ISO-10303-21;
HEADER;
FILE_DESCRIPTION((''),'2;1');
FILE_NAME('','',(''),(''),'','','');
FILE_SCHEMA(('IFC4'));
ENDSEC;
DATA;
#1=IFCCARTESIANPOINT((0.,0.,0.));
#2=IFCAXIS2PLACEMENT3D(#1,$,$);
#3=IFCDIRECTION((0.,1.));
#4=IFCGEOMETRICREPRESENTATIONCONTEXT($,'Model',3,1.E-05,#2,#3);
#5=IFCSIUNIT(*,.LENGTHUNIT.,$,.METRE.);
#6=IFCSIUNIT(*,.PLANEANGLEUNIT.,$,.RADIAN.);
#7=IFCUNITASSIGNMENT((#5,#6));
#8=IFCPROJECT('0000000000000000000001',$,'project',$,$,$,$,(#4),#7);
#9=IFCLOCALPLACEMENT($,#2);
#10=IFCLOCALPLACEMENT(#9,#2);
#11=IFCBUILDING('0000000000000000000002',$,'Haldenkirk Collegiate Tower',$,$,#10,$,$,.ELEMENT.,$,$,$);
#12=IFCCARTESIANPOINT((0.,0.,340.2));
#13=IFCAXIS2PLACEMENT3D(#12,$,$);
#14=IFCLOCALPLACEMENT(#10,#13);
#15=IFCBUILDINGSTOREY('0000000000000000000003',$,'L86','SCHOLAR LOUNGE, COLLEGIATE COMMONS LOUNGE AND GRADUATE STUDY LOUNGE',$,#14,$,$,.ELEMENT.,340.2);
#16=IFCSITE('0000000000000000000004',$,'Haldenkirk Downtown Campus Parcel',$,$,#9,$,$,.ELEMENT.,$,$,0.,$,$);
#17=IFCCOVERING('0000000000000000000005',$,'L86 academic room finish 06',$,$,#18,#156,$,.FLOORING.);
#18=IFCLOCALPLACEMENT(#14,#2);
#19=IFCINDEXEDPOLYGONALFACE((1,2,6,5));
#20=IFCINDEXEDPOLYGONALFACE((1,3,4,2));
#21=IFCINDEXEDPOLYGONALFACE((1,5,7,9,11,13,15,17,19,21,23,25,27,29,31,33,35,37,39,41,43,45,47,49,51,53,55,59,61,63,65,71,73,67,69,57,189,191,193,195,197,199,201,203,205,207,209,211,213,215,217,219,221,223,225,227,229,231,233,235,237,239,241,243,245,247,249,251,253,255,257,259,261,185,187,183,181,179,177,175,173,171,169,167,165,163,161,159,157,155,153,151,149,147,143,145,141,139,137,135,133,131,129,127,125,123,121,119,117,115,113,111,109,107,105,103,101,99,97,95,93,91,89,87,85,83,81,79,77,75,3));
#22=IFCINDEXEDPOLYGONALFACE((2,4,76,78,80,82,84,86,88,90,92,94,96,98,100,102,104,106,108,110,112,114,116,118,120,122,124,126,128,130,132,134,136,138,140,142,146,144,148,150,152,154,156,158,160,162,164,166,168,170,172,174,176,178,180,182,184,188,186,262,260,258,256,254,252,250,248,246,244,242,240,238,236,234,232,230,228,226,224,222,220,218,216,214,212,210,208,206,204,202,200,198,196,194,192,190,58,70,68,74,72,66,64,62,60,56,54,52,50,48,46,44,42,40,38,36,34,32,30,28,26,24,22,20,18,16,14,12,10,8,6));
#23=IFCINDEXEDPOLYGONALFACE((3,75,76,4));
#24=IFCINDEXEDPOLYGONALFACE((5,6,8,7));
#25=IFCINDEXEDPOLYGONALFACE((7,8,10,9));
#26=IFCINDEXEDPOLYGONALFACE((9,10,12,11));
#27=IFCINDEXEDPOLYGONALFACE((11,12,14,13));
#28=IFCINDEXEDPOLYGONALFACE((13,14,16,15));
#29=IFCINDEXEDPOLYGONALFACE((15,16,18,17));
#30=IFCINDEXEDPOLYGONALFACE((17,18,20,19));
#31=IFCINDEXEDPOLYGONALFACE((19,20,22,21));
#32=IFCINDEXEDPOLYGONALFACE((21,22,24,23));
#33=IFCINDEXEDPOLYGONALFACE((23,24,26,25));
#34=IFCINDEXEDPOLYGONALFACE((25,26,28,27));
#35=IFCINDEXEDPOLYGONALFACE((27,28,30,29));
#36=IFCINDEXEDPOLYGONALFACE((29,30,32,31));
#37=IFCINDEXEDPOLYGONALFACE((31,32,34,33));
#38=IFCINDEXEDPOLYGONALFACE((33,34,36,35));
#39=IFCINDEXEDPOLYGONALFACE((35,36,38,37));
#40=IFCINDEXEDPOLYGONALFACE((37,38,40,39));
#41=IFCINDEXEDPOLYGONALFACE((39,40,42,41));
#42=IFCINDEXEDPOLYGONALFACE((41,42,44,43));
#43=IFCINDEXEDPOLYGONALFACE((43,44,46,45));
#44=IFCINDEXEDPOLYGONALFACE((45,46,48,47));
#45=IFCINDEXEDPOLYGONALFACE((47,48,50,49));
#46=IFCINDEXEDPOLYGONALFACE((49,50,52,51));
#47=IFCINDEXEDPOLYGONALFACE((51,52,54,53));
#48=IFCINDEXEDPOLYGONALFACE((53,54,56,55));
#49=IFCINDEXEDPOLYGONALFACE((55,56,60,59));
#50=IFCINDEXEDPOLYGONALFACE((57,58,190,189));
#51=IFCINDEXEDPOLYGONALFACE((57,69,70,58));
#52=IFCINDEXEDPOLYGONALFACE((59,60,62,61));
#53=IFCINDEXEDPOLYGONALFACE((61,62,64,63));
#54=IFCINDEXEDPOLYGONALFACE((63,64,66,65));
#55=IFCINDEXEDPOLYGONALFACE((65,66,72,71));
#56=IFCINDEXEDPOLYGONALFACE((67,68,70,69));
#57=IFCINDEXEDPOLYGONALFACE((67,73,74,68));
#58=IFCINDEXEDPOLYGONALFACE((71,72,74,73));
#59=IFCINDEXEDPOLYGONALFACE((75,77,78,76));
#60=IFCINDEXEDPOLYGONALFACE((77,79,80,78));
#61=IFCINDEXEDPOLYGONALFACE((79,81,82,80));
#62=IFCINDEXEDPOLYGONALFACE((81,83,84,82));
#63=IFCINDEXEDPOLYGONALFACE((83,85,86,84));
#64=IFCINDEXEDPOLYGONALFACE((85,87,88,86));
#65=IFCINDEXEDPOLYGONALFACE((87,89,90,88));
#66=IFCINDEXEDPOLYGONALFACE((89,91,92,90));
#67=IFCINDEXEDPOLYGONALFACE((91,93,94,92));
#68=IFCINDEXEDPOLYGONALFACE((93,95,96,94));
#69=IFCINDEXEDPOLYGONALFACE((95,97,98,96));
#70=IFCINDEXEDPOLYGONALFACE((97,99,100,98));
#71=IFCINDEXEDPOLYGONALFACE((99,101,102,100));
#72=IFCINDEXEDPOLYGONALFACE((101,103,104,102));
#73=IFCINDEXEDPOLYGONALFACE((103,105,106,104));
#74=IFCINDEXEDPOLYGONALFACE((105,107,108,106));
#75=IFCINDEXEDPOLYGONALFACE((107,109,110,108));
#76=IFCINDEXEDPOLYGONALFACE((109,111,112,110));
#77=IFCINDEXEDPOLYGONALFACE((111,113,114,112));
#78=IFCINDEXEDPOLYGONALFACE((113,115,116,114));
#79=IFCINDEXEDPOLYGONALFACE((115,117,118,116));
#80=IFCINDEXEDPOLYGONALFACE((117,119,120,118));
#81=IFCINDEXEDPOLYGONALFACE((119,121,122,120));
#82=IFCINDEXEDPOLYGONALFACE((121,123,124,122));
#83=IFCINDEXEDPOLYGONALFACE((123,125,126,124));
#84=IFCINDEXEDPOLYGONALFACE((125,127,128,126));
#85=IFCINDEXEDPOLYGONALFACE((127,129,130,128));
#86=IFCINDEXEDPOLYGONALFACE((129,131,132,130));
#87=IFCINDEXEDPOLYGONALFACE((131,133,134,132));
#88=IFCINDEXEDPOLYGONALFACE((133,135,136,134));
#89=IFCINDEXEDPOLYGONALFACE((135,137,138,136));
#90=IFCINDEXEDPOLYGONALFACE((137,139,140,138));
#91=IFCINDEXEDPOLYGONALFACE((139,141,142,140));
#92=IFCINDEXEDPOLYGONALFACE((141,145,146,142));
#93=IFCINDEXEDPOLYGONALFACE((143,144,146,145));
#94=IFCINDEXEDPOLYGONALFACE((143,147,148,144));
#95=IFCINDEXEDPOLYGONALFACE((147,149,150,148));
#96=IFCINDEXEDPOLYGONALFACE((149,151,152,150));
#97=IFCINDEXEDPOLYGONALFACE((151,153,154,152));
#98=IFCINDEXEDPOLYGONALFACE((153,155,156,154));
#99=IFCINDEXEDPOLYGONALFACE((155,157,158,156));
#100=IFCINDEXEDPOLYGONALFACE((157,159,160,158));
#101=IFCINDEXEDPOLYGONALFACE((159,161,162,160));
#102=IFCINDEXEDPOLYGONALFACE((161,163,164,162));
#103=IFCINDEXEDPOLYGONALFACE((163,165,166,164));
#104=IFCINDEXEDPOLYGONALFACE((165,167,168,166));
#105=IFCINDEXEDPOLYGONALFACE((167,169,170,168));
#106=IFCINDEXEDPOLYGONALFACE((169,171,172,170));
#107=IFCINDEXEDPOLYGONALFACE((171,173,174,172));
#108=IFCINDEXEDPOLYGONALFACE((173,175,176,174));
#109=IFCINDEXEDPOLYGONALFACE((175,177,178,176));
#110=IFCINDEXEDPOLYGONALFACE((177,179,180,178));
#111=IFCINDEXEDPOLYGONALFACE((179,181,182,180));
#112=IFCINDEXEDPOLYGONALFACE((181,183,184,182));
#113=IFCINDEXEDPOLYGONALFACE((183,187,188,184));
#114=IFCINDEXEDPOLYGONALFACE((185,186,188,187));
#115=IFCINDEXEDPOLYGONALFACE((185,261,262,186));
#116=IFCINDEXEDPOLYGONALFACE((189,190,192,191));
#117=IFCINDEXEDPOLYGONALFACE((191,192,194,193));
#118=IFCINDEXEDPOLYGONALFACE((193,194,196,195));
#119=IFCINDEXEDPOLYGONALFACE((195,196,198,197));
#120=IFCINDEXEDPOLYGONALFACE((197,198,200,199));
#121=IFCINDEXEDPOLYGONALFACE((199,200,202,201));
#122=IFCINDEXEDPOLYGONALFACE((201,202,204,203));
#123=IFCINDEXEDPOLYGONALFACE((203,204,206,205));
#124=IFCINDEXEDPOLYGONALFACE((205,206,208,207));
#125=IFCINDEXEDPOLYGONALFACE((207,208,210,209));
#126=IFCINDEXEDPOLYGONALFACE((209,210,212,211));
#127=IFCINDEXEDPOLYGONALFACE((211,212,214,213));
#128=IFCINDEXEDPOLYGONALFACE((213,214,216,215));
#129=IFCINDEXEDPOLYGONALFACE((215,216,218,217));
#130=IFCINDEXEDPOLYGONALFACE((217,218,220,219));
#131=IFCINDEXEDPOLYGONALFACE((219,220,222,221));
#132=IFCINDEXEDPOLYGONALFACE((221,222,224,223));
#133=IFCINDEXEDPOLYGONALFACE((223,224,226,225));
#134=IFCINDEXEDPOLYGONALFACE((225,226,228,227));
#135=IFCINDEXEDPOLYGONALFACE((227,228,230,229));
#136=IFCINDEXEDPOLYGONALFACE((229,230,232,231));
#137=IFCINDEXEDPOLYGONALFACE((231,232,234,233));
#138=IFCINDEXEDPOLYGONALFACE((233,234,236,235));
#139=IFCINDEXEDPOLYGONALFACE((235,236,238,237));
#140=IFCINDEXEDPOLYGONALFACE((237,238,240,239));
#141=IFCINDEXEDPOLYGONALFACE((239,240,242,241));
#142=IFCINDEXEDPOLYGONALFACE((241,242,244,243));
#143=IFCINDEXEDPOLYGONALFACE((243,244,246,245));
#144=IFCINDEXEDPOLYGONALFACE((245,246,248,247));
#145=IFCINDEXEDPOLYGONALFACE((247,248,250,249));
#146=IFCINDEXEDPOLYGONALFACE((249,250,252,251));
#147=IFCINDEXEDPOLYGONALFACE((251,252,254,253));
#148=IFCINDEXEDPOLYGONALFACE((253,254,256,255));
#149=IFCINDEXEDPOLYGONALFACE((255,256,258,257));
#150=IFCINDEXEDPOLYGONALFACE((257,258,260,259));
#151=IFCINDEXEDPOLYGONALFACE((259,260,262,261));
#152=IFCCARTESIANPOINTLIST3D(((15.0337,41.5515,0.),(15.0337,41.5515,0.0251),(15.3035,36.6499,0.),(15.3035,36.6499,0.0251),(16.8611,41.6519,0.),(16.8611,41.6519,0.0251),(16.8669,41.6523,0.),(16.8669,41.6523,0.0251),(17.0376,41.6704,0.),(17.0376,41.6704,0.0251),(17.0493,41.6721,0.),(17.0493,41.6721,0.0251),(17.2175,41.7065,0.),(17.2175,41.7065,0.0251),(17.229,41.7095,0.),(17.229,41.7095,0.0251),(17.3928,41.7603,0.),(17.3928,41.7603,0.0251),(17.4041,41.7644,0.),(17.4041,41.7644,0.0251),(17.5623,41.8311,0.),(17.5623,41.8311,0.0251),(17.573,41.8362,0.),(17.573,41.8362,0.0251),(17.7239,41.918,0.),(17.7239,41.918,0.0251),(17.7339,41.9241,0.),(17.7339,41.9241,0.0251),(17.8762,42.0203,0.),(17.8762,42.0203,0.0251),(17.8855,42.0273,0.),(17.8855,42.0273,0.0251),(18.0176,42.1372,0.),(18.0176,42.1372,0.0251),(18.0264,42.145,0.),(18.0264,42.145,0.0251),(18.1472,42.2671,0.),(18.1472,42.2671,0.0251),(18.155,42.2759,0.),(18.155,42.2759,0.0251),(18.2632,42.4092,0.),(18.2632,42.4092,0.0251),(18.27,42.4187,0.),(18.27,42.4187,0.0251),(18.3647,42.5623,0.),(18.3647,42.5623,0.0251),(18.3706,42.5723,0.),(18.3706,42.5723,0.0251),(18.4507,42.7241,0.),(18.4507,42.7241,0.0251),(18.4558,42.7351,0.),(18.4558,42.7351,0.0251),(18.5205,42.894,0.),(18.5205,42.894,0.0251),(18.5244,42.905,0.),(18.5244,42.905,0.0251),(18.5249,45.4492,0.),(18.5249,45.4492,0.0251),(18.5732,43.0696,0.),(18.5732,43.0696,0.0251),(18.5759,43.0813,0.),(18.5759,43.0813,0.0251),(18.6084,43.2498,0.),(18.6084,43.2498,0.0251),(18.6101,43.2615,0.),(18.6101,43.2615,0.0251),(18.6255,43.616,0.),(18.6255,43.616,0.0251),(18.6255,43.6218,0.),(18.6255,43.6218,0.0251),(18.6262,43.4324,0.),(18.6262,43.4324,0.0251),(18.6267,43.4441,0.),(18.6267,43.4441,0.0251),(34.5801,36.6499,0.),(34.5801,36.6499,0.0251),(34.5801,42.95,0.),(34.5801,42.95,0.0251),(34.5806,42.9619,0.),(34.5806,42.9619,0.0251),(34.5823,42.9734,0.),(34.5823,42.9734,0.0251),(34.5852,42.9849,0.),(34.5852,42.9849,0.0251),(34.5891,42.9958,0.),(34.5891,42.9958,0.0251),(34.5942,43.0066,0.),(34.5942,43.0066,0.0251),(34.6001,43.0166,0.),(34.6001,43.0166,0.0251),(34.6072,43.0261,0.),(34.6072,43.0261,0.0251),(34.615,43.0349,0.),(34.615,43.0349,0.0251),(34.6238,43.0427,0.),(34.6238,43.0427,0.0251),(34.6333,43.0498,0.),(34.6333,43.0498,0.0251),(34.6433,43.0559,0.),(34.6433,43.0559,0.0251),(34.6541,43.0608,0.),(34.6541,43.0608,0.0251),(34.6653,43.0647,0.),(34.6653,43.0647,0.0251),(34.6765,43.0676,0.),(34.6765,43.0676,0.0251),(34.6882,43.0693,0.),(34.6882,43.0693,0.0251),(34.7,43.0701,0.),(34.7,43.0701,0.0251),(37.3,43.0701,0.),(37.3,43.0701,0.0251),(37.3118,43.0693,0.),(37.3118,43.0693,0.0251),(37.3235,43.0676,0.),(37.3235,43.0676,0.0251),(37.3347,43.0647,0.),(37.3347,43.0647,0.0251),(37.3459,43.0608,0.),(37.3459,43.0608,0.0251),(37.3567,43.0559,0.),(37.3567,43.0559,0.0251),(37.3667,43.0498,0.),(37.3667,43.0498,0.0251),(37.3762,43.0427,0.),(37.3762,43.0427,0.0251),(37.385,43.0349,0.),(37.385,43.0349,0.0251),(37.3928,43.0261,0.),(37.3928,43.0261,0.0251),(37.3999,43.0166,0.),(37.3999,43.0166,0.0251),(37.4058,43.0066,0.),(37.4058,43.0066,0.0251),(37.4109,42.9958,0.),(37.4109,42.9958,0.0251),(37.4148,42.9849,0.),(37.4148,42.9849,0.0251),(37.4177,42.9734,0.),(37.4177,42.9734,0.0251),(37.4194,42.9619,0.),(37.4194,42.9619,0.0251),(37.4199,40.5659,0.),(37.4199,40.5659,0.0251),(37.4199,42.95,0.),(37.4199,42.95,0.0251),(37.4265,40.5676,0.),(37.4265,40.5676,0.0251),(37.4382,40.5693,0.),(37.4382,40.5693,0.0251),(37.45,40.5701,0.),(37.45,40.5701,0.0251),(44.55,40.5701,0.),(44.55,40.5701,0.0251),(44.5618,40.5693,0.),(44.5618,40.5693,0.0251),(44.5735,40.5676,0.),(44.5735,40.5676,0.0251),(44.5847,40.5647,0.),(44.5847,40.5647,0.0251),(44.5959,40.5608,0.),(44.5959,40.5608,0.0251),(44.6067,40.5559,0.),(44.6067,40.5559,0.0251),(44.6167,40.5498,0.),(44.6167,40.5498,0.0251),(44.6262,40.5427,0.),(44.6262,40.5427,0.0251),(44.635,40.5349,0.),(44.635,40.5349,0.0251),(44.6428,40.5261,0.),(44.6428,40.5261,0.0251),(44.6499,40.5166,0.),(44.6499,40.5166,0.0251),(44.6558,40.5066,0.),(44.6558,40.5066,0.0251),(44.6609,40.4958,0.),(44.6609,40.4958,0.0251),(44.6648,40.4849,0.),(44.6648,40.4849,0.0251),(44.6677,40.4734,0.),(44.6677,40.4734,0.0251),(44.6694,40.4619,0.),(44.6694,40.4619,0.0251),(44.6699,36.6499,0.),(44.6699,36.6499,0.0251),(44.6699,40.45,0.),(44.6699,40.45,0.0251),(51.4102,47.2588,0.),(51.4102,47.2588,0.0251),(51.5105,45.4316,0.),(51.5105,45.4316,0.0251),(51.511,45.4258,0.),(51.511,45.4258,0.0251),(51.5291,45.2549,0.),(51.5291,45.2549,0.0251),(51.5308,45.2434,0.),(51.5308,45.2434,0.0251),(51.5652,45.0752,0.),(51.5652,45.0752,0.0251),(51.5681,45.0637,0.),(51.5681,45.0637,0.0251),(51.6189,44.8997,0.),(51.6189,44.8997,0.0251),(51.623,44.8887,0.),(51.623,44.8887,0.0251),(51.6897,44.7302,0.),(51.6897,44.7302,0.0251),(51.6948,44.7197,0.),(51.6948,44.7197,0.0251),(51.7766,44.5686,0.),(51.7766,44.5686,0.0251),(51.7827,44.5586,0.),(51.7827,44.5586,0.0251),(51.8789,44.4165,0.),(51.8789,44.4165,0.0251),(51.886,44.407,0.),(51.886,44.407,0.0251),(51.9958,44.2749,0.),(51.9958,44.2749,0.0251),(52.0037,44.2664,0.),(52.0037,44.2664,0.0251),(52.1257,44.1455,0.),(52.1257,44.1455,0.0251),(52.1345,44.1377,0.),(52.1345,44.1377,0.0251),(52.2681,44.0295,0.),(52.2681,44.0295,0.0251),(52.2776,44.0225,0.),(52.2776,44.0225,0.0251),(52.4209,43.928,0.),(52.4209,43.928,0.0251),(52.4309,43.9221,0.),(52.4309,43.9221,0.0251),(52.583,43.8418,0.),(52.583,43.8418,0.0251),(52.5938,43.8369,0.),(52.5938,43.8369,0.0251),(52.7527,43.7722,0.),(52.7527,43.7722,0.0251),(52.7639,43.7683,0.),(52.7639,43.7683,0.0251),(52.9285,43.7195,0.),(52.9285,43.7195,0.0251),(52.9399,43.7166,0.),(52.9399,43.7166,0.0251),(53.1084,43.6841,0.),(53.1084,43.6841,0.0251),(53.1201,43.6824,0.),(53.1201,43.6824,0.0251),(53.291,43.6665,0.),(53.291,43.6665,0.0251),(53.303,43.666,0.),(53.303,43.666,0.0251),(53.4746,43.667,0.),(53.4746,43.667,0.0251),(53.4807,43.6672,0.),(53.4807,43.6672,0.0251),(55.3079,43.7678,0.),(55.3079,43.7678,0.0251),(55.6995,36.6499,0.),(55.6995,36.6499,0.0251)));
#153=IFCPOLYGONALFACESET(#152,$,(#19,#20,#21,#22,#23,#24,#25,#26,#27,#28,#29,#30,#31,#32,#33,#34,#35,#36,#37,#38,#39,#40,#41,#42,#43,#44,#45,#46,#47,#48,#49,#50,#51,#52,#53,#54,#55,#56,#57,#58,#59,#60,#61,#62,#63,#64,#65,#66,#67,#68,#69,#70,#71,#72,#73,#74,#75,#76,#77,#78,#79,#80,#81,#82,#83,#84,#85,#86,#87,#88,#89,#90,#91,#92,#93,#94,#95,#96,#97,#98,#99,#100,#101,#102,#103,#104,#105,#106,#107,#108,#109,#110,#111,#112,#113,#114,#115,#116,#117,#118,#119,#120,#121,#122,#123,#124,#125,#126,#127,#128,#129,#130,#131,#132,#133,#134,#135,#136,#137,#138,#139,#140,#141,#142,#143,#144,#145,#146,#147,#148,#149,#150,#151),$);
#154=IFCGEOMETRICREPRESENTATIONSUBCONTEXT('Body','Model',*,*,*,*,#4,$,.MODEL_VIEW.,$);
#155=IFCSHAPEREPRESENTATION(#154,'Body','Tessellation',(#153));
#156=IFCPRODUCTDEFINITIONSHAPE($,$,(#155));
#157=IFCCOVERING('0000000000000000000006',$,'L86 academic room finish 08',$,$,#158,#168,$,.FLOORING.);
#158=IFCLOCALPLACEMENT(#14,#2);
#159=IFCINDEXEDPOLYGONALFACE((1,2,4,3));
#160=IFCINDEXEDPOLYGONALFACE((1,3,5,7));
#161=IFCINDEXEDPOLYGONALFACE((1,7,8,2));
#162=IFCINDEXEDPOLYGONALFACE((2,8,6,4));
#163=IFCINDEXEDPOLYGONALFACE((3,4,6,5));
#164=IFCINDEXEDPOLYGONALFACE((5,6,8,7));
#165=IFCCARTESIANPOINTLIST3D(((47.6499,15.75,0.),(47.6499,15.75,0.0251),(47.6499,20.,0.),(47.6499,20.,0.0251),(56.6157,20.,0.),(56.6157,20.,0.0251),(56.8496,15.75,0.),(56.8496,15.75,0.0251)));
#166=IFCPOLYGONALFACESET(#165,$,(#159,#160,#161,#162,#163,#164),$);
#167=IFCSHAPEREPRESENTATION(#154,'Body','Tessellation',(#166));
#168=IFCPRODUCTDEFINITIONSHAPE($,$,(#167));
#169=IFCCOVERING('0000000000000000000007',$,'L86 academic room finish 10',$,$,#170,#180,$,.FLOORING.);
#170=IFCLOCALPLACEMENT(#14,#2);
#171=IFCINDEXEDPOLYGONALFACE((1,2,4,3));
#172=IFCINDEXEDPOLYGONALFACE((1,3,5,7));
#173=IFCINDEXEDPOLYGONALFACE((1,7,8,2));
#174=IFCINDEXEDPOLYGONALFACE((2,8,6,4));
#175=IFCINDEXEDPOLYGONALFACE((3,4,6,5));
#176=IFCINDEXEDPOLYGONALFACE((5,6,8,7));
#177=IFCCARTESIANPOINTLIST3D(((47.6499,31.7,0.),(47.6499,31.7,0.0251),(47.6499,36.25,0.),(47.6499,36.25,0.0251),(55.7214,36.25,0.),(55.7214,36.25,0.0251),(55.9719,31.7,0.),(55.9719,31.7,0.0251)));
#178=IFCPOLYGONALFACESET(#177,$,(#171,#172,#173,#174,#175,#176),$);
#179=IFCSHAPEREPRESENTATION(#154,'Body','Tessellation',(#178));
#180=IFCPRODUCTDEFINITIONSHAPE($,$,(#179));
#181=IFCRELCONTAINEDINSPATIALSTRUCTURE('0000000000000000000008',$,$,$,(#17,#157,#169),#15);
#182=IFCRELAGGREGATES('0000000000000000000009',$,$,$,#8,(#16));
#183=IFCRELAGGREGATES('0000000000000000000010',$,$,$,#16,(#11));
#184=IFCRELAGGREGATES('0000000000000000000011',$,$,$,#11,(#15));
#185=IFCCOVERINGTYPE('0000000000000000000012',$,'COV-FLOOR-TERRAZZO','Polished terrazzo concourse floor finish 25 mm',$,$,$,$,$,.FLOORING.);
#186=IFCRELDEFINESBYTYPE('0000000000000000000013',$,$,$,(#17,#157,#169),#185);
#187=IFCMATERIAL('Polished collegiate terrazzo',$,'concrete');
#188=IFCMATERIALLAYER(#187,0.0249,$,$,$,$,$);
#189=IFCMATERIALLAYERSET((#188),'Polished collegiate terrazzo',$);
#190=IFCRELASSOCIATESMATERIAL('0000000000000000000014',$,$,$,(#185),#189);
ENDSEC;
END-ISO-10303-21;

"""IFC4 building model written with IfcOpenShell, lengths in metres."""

from ifc_helpers import new_model, si_unit, direction, frame, origin, place, context, subcontext, project, spatial, polyline, outline, extrude, material, layer, layer_set, type_object, element, save


model = new_model("IFC4")

# Units and contexts
model_context = context("Model", 3, precision=1e-05, world=origin(), true_north=direction((0.0, 1.0)))
body_context = subcontext(model_context, "Body", "Model", "MODEL_VIEW")
ifc_project = project(units=[si_unit("LENGTHUNIT", "METRE"), si_unit("PLANEANGLEUNIT", "RADIAN")], contexts=[model_context])

# Site, building, storey
site_placement = place(None, origin())
site = spatial("IfcSite", under=ifc_project, at=site_placement, Name="Haldenkirk Downtown Campus Parcel", CompositionType="ELEMENT", RefElevation=0.0)
building_placement = place(site_placement, origin())
building = spatial("IfcBuilding", under=site, at=building_placement, Name="Haldenkirk Collegiate Tower", CompositionType="ELEMENT")
storey_placement = place(building_placement, frame((0.0, 0.0, 340.2)))
storey = spatial("IfcBuildingStorey", under=building, at=storey_placement, Name="L86", Description="SCHOLAR LOUNGE, COLLEGIATE COMMONS LOUNGE AND GRADUATE STUDY LOUNGE", CompositionType="ELEMENT", Elevation=340.2)

# Coverings
ifc_material_1 = material(Name="Polished collegiate terrazzo", Category="concrete")
ifc_layer_1 = layer(ifc_material_1, 0.0249)
ifc_layer_set_1 = layer_set([ifc_layer_1], Name="Polished collegiate terrazzo")
covering_type_1 = type_object("IfcCoveringType", Name="COV-FLOOR-TERRAZZO", Description="Polished terrazzo concourse floor finish 25 mm", PredefinedType="FLOORING", material=ifc_layer_set_1)
covering_1_placement = place(storey_placement, origin())
element("IfcCovering", 1, at=covering_1_placement, inside=storey, type_object=covering_type_1, Name="L86 academic room finish 06", PredefinedType="FLOORING", context=body_context, shape_type="SweptSolid", body=[
    extrude(outline(polyline([(16.8611, 41.6519), (16.8669, 41.6523), (17.0376, 41.6704), (17.0493, 41.6721), (17.2175, 41.7065), (17.229, 41.7095), (17.3928, 41.7603), (17.4041, 41.7644), (17.5623, 41.8311), (17.573, 41.8362), (17.7239, 41.918), (17.7339, 41.9241), (17.8762, 42.0203), (17.8855, 42.0273), (18.0176, 42.1372), (18.0264, 42.145), (18.1472, 42.2671), (18.155, 42.2759), (18.2632, 42.4092), (18.27, 42.4187), (18.3647, 42.5623), (18.3706, 42.5723), (18.4507, 42.7241), (18.4558, 42.7351), (18.5205, 42.894), (18.5244, 42.905), (18.5732, 43.0696), (18.5759, 43.0813), (18.6084, 43.2498), (18.6101, 43.2615), (18.6262, 43.4324), (18.6267, 43.4441), (18.6255, 43.616), (18.6255, 43.6218), (18.5249, 45.4492), (51.4102, 47.2588), (51.5105, 45.4316), (51.511, 45.4258), (51.5291, 45.2549), (51.5308, 45.2434), (51.5652, 45.0752), (51.5681, 45.0637), (51.6189, 44.8997), (51.623, 44.8887), (51.6897, 44.7302), (51.6948, 44.7197), (51.7766, 44.5686), (51.7827, 44.5586), (51.8789, 44.4165), (51.886, 44.407), (51.9958, 44.2749), (52.0037, 44.2664), (52.1257, 44.1455), (52.1345, 44.1377), (52.2681, 44.0295), (52.2776, 44.0225), (52.4209, 43.928), (52.4309, 43.9221), (52.583, 43.8418), (52.5938, 43.8369), (52.7527, 43.7722), (52.7639, 43.7683), (52.9285, 43.7195), (52.9399, 43.7166), (53.1084, 43.6841), (53.1201, 43.6824), (53.291, 43.6665), (53.303, 43.666), (53.4746, 43.667), (53.4807, 43.6672), (55.3079, 43.7678), (55.6995, 36.6499), (44.6699, 36.6499), (44.6699, 40.45), (44.6694, 40.4619), (44.6677, 40.4734), (44.6648, 40.4849), (44.6609, 40.4958), (44.6558, 40.5066), (44.6499, 40.5166), (44.6428, 40.5261), (44.635, 40.5349), (44.6262, 40.5427), (44.6167, 40.5498), (44.6067, 40.5559), (44.5959, 40.5608), (44.5847, 40.5647), (44.5735, 40.5676), (44.5618, 40.5693), (44.55, 40.5701), (37.45, 40.5701), (37.4382, 40.5693), (37.4265, 40.5676), (37.4199, 40.5659), (37.4199, 42.95), (37.4194, 42.9619), (37.4177, 42.9734), (37.4148, 42.9849), (37.4109, 42.9958), (37.4058, 43.0066), (37.3999, 43.0166), (37.3928, 43.0261), (37.385, 43.0349), (37.3762, 43.0427), (37.3667, 43.0498), (37.3567, 43.0559), (37.3459, 43.0608), (37.3347, 43.0647), (37.3235, 43.0676), (37.3118, 43.0693), (37.3, 43.0701), (34.7, 43.0701), (34.6882, 43.0693), (34.6765, 43.0676), (34.6653, 43.0647), (34.6541, 43.0608), (34.6433, 43.0559), (34.6333, 43.0498), (34.6238, 43.0427), (34.615, 43.0349), (34.6072, 43.0261), (34.6001, 43.0166), (34.5942, 43.0066), (34.5891, 42.9958), (34.5852, 42.9849), (34.5823, 42.9734), (34.5806, 42.9619), (34.5801, 42.95), (34.5801, 36.6499), (15.3035, 36.6499), (15.0337, 41.5515), (16.8611, 41.6519)])), origin(), (0.0, 0.0, 1.0), 0.0251),
])
covering_2_placement = place(storey_placement, origin())
element("IfcCovering", 2, at=covering_2_placement, inside=storey, type_object=covering_type_1, Name="L86 academic room finish 08", PredefinedType="FLOORING", context=body_context, shape_type="SweptSolid", body=[
    extrude(outline(polyline([(56.8496, 15.75), (47.6499, 15.75), (47.6499, 20.0), (56.6157, 20.0), (56.8496, 15.75)])), origin(), (0.0, 0.0, 1.0), 0.0251),
])
covering_3_placement = place(storey_placement, origin())
element("IfcCovering", 3, at=covering_3_placement, inside=storey, type_object=covering_type_1, Name="L86 academic room finish 10", PredefinedType="FLOORING", context=body_context, shape_type="SweptSolid", body=[
    extrude(outline(polyline([(55.9719, 31.7), (47.6499, 31.7), (47.6499, 36.25), (55.7214, 36.25), (55.9719, 31.7)])), origin(), (0.0, 0.0, 1.0), 0.0251),
])

save(model, "model.ifc")
